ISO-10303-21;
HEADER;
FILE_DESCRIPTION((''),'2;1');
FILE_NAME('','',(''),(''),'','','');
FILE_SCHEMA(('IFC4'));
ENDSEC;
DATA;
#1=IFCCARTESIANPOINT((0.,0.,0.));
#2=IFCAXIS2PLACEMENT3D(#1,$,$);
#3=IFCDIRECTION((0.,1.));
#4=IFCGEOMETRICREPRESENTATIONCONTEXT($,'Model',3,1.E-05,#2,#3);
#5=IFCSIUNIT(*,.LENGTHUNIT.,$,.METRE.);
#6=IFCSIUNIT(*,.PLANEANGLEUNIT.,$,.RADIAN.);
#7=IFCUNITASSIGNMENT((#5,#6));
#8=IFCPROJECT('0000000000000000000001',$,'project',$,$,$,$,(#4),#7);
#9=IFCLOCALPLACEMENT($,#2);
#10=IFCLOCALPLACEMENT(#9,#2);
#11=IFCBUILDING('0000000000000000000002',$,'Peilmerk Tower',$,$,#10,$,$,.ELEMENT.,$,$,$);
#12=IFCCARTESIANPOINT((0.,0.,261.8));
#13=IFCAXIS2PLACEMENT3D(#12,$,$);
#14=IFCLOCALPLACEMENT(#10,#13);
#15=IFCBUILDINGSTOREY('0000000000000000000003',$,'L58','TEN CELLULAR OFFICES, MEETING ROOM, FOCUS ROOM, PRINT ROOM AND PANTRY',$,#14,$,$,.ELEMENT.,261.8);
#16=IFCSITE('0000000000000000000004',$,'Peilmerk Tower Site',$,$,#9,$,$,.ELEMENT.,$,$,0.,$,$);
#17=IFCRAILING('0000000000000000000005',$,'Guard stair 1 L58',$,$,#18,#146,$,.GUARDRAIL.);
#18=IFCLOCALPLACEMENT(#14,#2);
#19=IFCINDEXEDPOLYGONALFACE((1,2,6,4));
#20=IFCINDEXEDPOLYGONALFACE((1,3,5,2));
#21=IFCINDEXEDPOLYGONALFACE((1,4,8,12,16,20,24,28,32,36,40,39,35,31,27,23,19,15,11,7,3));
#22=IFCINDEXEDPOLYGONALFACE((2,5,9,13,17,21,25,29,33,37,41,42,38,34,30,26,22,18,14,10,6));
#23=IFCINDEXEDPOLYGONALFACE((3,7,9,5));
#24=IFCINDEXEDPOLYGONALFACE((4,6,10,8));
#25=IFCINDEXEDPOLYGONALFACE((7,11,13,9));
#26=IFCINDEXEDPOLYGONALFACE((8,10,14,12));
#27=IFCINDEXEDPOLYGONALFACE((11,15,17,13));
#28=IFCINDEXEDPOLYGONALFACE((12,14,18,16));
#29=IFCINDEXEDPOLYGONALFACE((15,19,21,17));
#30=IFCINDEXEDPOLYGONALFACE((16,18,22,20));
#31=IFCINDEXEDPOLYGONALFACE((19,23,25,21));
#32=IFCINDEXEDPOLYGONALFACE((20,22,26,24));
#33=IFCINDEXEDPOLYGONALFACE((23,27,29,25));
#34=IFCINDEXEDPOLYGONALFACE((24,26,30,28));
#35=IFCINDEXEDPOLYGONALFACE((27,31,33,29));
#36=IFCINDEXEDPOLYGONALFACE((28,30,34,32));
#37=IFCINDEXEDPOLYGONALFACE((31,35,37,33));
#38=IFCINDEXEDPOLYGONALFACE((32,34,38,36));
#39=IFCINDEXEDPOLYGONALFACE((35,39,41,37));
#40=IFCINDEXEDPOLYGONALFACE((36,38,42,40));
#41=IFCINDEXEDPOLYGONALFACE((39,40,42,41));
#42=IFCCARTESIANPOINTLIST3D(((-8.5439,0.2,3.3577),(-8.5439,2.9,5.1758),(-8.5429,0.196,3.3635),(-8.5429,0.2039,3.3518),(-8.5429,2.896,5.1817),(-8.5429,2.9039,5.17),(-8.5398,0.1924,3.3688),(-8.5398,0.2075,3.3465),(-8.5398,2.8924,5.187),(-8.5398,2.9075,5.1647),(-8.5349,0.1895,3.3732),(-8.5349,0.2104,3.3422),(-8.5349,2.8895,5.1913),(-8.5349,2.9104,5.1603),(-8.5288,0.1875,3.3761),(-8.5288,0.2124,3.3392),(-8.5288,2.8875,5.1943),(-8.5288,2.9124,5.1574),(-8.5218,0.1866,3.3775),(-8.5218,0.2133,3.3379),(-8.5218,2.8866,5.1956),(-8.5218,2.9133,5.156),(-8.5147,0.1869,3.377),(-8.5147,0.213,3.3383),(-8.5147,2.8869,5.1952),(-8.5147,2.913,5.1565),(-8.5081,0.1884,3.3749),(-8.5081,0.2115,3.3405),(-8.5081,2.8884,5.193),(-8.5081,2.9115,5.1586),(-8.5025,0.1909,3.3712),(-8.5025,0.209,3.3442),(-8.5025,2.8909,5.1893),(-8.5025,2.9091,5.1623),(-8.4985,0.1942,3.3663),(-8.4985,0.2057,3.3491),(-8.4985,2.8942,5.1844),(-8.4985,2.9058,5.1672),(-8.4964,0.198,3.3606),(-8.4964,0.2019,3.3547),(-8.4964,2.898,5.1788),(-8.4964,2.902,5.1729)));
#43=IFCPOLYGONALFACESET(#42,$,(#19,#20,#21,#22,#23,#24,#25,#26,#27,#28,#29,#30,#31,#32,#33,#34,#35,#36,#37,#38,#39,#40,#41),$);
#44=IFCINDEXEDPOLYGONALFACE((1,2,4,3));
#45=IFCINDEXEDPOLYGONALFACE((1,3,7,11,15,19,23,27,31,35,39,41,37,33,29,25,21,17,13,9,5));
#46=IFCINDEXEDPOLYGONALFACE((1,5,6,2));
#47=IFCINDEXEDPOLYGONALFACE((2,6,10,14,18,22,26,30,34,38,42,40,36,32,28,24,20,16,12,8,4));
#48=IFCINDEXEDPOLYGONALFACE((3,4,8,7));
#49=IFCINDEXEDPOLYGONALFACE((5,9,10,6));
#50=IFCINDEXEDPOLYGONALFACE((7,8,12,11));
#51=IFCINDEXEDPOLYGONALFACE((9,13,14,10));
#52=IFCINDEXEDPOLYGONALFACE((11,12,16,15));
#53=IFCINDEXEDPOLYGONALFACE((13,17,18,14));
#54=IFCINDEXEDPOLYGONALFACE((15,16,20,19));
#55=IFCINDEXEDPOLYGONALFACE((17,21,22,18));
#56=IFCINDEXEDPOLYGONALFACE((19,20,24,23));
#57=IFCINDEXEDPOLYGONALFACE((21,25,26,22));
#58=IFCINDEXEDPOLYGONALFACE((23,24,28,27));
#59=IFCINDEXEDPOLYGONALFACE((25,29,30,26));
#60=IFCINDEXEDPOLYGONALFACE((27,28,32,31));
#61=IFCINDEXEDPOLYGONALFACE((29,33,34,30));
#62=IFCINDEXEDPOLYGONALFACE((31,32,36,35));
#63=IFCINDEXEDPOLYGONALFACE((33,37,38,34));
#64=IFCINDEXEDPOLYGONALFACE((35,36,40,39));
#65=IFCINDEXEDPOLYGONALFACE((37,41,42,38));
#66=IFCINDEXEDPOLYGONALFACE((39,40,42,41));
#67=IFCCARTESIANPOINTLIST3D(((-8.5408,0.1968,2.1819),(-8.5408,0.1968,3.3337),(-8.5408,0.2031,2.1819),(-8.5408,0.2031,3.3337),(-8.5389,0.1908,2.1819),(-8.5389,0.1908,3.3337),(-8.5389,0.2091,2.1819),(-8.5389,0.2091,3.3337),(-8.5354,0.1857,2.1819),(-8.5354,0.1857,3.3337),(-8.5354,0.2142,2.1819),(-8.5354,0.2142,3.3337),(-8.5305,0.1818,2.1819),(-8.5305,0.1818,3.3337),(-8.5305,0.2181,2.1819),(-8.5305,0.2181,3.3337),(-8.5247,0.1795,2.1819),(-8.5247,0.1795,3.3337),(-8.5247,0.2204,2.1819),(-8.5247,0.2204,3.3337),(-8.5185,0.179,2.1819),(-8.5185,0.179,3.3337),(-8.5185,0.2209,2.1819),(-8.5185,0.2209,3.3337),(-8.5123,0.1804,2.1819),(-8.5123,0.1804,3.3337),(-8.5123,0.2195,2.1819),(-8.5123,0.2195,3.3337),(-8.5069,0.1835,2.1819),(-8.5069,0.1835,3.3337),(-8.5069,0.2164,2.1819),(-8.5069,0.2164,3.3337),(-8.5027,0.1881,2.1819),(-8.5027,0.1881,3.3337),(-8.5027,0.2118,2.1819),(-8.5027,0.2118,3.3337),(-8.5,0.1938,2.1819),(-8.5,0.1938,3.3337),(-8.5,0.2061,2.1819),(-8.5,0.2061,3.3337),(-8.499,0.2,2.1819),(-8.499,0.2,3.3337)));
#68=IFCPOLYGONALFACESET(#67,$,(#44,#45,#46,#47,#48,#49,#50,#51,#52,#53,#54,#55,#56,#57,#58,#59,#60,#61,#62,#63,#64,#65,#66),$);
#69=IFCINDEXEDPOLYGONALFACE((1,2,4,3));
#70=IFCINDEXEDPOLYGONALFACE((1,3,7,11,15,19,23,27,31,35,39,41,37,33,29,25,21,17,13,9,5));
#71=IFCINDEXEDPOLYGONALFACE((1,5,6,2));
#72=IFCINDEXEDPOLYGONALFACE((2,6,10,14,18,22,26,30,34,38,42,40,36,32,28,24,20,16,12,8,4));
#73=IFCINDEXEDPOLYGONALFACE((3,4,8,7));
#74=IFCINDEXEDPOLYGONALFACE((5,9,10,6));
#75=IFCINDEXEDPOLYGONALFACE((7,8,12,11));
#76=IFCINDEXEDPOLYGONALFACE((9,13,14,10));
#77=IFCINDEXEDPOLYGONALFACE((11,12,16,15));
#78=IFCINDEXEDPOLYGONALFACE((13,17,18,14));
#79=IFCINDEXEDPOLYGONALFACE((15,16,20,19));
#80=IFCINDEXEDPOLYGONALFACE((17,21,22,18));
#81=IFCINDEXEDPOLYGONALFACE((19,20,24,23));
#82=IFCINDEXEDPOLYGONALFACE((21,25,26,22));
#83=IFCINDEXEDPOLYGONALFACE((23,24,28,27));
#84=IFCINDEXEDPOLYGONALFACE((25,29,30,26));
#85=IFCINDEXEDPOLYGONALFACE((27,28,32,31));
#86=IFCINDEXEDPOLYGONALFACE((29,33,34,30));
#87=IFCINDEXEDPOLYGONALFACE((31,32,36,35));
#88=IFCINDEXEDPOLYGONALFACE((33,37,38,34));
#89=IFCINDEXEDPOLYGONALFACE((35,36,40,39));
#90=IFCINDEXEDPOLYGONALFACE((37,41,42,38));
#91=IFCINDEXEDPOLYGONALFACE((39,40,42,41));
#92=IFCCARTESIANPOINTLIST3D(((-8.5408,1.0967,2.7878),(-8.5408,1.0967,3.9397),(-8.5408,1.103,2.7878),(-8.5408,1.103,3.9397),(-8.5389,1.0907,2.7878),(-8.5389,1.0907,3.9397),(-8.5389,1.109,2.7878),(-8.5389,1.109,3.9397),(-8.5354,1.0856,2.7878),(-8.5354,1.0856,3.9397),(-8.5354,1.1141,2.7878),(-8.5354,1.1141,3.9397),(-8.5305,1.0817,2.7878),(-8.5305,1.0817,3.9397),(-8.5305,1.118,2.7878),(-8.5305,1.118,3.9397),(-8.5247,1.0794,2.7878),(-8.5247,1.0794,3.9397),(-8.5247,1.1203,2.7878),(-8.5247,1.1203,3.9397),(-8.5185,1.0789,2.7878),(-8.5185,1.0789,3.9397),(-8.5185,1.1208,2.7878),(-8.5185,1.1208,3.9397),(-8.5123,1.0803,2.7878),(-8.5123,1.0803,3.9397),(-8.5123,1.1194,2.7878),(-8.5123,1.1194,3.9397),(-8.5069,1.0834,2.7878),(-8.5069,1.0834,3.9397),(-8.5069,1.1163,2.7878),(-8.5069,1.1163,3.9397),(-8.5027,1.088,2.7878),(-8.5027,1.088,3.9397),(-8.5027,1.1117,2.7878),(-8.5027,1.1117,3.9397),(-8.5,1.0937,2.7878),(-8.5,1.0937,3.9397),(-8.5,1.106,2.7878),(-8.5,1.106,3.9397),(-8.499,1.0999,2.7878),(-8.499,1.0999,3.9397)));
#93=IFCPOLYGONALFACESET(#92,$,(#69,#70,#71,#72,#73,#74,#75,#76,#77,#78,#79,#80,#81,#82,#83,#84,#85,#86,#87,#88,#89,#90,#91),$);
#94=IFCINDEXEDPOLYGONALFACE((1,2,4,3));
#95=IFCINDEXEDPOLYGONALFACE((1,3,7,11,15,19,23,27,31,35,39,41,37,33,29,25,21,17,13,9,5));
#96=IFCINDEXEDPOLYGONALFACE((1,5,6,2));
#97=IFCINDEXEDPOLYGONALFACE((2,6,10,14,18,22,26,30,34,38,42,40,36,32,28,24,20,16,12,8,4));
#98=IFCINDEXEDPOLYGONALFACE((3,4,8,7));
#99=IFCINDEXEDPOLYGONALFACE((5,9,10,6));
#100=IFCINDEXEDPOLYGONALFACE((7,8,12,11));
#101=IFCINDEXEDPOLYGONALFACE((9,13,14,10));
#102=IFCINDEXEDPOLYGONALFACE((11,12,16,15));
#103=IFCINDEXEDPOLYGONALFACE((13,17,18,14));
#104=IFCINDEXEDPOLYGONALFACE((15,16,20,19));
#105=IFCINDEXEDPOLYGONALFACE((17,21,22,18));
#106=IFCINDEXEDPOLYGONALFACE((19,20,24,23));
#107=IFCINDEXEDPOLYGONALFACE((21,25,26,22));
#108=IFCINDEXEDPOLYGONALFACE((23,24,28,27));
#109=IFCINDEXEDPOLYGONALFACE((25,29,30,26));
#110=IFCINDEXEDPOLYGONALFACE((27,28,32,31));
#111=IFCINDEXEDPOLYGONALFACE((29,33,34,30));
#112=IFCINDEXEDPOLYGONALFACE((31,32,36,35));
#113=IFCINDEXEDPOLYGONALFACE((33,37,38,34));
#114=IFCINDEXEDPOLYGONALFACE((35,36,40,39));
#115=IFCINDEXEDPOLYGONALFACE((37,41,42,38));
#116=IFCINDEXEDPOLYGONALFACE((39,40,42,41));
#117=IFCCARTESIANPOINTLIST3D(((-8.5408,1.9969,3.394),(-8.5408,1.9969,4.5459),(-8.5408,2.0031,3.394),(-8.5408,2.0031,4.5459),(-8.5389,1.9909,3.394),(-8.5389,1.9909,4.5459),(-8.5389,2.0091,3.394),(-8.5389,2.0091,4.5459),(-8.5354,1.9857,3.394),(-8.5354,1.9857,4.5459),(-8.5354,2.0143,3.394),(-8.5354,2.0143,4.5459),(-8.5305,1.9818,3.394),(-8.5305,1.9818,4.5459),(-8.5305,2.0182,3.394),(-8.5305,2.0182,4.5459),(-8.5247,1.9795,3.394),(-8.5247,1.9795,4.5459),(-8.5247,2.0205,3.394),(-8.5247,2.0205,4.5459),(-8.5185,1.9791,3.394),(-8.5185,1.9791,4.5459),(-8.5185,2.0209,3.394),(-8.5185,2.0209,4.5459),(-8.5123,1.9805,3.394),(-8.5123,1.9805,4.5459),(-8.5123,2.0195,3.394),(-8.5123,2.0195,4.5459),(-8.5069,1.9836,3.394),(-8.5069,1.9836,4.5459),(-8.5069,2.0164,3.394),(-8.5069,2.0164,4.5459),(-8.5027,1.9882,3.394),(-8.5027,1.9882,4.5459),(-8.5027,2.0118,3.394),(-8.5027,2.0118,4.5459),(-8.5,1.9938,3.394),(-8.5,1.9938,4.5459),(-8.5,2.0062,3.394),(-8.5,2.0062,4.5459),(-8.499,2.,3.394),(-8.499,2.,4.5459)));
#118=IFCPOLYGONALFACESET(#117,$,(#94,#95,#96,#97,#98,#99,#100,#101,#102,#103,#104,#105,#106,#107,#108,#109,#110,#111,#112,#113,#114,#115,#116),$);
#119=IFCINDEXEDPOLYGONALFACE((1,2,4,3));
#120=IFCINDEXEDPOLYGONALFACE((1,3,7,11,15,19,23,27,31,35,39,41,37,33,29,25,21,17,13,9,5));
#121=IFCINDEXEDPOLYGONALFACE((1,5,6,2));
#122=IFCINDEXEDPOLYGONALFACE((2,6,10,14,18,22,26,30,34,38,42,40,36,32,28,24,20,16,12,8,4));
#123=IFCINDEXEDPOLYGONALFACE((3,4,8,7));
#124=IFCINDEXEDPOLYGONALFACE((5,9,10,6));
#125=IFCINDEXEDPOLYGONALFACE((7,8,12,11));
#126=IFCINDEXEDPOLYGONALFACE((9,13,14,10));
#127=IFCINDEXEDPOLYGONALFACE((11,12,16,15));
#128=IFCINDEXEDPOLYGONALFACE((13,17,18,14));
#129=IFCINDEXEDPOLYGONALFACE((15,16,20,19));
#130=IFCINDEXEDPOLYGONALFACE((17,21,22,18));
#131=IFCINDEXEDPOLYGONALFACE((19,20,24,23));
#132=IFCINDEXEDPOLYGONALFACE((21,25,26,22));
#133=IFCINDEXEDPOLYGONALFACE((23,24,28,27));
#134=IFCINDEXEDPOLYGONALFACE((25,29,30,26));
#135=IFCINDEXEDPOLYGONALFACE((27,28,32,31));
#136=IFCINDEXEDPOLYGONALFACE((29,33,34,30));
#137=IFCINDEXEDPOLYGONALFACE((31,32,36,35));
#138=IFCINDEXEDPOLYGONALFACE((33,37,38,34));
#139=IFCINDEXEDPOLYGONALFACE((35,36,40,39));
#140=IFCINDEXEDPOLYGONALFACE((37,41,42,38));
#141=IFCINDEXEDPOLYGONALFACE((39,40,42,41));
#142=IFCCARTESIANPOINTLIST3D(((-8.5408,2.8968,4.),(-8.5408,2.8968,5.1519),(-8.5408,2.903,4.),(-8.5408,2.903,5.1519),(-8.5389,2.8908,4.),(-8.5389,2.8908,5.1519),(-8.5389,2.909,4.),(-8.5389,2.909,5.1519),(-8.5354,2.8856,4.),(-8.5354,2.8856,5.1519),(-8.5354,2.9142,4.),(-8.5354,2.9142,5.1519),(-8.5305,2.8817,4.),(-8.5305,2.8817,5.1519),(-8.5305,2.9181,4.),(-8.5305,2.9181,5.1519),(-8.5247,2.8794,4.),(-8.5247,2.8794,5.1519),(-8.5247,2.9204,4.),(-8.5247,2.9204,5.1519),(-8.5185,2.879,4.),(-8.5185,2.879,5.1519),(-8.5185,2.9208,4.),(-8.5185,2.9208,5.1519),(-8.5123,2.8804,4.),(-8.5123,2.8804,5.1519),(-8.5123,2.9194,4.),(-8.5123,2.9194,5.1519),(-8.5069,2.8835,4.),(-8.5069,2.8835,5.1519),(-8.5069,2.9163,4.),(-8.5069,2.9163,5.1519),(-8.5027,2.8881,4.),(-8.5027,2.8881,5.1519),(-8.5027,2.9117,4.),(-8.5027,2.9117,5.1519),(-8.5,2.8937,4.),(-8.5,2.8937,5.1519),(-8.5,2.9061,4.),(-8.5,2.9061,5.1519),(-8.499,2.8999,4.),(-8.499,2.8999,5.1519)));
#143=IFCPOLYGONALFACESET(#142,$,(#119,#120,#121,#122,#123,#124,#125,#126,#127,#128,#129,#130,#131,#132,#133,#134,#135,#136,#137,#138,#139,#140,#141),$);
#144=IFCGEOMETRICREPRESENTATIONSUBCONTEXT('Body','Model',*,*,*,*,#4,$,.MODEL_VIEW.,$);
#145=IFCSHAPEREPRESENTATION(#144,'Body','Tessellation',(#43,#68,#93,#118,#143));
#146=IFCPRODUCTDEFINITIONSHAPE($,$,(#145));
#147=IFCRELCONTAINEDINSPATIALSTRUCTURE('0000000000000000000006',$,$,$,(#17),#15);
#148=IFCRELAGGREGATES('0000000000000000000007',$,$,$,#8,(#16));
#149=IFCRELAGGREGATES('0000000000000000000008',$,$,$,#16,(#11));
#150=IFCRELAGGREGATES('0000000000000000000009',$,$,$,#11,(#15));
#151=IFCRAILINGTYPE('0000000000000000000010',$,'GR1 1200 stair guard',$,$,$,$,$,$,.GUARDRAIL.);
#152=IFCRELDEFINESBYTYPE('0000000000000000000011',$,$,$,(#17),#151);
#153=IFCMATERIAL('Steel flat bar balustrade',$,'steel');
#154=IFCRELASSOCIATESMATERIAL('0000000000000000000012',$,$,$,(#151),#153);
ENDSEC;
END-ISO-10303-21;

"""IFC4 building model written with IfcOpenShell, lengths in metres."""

from ifc_helpers import new_model, si_unit, direction, frame, origin, origin_2d, place, context, subcontext, project, spatial, circle, extrude, material, type_object, element, save


model = new_model("IFC4")

# Units and contexts
model_context = context("Model", 3, precision=1e-05, world=origin(), true_north=direction((0.0, 1.0)))
body_context = subcontext(model_context, "Body", "Model", "MODEL_VIEW")
ifc_project = project(units=[si_unit("LENGTHUNIT", "METRE"), si_unit("PLANEANGLEUNIT", "RADIAN")], contexts=[model_context])

# Site, building, storey
site_placement = place(None, origin())
site = spatial("IfcSite", under=ifc_project, at=site_placement, Name="Peilmerk Tower Site", CompositionType="ELEMENT", RefElevation=0.0)
building_placement = place(site_placement, origin())
building = spatial("IfcBuilding", under=site, at=building_placement, Name="Peilmerk Tower", CompositionType="ELEMENT")
storey_placement = place(building_placement, frame((0.0, 0.0, 261.8)))
storey = spatial("IfcBuildingStorey", under=building, at=storey_placement, Name="L58", Description="TEN CELLULAR OFFICES, MEETING ROOM, FOCUS ROOM, PRINT ROOM AND PANTRY", CompositionType="ELEMENT", Elevation=261.8)

# Railing
ifc_material_1 = material(Name="Steel flat bar balustrade", Category="steel")
railing_type_1 = type_object("IfcRailingType", Name="GR1 1200 stair guard", PredefinedType="GUARDRAIL", material=ifc_material_1)
railing_1_placement = place(storey_placement, frame((-8.52, 0.2, 2.1819)))
element("IfcRailing", 1, at=railing_1_placement, inside=storey, type_object=railing_type_1, Name="Guard stair 1 L58", PredefinedType="GUARDRAIL", context=body_context, shape_type="SweptSolid", body=[
    extrude(circle(Radius=0.0239, at=origin_2d()), frame((0.0, 0.0, 1.1758), z_axis=(0.0, 0.829468, 0.558554), x_axis=(-1.0, 0.0, 0.0)), (0.0, 0.0, 1.0), 3.2551),
    extrude(circle(Radius=0.021, at=origin_2d()), origin(), (0.0, 0.0, 1.0), 1.1519),
    extrude(circle(Radius=0.021, at=origin_2d()), frame((0.0, 0.8999, 0.606)), (0.0, 0.0, 1.0), 1.1519),
    extrude(circle(Radius=0.021, at=origin_2d()), frame((0.0, 1.8, 1.2122)), (0.0, 0.0, 1.0), 1.1519),
    extrude(circle(Radius=0.021, at=origin_2d()), frame((0.0, 2.7, 1.8181)), (0.0, 0.0, 1.0), 1.1519),
])

save(model, "model.ifc")
